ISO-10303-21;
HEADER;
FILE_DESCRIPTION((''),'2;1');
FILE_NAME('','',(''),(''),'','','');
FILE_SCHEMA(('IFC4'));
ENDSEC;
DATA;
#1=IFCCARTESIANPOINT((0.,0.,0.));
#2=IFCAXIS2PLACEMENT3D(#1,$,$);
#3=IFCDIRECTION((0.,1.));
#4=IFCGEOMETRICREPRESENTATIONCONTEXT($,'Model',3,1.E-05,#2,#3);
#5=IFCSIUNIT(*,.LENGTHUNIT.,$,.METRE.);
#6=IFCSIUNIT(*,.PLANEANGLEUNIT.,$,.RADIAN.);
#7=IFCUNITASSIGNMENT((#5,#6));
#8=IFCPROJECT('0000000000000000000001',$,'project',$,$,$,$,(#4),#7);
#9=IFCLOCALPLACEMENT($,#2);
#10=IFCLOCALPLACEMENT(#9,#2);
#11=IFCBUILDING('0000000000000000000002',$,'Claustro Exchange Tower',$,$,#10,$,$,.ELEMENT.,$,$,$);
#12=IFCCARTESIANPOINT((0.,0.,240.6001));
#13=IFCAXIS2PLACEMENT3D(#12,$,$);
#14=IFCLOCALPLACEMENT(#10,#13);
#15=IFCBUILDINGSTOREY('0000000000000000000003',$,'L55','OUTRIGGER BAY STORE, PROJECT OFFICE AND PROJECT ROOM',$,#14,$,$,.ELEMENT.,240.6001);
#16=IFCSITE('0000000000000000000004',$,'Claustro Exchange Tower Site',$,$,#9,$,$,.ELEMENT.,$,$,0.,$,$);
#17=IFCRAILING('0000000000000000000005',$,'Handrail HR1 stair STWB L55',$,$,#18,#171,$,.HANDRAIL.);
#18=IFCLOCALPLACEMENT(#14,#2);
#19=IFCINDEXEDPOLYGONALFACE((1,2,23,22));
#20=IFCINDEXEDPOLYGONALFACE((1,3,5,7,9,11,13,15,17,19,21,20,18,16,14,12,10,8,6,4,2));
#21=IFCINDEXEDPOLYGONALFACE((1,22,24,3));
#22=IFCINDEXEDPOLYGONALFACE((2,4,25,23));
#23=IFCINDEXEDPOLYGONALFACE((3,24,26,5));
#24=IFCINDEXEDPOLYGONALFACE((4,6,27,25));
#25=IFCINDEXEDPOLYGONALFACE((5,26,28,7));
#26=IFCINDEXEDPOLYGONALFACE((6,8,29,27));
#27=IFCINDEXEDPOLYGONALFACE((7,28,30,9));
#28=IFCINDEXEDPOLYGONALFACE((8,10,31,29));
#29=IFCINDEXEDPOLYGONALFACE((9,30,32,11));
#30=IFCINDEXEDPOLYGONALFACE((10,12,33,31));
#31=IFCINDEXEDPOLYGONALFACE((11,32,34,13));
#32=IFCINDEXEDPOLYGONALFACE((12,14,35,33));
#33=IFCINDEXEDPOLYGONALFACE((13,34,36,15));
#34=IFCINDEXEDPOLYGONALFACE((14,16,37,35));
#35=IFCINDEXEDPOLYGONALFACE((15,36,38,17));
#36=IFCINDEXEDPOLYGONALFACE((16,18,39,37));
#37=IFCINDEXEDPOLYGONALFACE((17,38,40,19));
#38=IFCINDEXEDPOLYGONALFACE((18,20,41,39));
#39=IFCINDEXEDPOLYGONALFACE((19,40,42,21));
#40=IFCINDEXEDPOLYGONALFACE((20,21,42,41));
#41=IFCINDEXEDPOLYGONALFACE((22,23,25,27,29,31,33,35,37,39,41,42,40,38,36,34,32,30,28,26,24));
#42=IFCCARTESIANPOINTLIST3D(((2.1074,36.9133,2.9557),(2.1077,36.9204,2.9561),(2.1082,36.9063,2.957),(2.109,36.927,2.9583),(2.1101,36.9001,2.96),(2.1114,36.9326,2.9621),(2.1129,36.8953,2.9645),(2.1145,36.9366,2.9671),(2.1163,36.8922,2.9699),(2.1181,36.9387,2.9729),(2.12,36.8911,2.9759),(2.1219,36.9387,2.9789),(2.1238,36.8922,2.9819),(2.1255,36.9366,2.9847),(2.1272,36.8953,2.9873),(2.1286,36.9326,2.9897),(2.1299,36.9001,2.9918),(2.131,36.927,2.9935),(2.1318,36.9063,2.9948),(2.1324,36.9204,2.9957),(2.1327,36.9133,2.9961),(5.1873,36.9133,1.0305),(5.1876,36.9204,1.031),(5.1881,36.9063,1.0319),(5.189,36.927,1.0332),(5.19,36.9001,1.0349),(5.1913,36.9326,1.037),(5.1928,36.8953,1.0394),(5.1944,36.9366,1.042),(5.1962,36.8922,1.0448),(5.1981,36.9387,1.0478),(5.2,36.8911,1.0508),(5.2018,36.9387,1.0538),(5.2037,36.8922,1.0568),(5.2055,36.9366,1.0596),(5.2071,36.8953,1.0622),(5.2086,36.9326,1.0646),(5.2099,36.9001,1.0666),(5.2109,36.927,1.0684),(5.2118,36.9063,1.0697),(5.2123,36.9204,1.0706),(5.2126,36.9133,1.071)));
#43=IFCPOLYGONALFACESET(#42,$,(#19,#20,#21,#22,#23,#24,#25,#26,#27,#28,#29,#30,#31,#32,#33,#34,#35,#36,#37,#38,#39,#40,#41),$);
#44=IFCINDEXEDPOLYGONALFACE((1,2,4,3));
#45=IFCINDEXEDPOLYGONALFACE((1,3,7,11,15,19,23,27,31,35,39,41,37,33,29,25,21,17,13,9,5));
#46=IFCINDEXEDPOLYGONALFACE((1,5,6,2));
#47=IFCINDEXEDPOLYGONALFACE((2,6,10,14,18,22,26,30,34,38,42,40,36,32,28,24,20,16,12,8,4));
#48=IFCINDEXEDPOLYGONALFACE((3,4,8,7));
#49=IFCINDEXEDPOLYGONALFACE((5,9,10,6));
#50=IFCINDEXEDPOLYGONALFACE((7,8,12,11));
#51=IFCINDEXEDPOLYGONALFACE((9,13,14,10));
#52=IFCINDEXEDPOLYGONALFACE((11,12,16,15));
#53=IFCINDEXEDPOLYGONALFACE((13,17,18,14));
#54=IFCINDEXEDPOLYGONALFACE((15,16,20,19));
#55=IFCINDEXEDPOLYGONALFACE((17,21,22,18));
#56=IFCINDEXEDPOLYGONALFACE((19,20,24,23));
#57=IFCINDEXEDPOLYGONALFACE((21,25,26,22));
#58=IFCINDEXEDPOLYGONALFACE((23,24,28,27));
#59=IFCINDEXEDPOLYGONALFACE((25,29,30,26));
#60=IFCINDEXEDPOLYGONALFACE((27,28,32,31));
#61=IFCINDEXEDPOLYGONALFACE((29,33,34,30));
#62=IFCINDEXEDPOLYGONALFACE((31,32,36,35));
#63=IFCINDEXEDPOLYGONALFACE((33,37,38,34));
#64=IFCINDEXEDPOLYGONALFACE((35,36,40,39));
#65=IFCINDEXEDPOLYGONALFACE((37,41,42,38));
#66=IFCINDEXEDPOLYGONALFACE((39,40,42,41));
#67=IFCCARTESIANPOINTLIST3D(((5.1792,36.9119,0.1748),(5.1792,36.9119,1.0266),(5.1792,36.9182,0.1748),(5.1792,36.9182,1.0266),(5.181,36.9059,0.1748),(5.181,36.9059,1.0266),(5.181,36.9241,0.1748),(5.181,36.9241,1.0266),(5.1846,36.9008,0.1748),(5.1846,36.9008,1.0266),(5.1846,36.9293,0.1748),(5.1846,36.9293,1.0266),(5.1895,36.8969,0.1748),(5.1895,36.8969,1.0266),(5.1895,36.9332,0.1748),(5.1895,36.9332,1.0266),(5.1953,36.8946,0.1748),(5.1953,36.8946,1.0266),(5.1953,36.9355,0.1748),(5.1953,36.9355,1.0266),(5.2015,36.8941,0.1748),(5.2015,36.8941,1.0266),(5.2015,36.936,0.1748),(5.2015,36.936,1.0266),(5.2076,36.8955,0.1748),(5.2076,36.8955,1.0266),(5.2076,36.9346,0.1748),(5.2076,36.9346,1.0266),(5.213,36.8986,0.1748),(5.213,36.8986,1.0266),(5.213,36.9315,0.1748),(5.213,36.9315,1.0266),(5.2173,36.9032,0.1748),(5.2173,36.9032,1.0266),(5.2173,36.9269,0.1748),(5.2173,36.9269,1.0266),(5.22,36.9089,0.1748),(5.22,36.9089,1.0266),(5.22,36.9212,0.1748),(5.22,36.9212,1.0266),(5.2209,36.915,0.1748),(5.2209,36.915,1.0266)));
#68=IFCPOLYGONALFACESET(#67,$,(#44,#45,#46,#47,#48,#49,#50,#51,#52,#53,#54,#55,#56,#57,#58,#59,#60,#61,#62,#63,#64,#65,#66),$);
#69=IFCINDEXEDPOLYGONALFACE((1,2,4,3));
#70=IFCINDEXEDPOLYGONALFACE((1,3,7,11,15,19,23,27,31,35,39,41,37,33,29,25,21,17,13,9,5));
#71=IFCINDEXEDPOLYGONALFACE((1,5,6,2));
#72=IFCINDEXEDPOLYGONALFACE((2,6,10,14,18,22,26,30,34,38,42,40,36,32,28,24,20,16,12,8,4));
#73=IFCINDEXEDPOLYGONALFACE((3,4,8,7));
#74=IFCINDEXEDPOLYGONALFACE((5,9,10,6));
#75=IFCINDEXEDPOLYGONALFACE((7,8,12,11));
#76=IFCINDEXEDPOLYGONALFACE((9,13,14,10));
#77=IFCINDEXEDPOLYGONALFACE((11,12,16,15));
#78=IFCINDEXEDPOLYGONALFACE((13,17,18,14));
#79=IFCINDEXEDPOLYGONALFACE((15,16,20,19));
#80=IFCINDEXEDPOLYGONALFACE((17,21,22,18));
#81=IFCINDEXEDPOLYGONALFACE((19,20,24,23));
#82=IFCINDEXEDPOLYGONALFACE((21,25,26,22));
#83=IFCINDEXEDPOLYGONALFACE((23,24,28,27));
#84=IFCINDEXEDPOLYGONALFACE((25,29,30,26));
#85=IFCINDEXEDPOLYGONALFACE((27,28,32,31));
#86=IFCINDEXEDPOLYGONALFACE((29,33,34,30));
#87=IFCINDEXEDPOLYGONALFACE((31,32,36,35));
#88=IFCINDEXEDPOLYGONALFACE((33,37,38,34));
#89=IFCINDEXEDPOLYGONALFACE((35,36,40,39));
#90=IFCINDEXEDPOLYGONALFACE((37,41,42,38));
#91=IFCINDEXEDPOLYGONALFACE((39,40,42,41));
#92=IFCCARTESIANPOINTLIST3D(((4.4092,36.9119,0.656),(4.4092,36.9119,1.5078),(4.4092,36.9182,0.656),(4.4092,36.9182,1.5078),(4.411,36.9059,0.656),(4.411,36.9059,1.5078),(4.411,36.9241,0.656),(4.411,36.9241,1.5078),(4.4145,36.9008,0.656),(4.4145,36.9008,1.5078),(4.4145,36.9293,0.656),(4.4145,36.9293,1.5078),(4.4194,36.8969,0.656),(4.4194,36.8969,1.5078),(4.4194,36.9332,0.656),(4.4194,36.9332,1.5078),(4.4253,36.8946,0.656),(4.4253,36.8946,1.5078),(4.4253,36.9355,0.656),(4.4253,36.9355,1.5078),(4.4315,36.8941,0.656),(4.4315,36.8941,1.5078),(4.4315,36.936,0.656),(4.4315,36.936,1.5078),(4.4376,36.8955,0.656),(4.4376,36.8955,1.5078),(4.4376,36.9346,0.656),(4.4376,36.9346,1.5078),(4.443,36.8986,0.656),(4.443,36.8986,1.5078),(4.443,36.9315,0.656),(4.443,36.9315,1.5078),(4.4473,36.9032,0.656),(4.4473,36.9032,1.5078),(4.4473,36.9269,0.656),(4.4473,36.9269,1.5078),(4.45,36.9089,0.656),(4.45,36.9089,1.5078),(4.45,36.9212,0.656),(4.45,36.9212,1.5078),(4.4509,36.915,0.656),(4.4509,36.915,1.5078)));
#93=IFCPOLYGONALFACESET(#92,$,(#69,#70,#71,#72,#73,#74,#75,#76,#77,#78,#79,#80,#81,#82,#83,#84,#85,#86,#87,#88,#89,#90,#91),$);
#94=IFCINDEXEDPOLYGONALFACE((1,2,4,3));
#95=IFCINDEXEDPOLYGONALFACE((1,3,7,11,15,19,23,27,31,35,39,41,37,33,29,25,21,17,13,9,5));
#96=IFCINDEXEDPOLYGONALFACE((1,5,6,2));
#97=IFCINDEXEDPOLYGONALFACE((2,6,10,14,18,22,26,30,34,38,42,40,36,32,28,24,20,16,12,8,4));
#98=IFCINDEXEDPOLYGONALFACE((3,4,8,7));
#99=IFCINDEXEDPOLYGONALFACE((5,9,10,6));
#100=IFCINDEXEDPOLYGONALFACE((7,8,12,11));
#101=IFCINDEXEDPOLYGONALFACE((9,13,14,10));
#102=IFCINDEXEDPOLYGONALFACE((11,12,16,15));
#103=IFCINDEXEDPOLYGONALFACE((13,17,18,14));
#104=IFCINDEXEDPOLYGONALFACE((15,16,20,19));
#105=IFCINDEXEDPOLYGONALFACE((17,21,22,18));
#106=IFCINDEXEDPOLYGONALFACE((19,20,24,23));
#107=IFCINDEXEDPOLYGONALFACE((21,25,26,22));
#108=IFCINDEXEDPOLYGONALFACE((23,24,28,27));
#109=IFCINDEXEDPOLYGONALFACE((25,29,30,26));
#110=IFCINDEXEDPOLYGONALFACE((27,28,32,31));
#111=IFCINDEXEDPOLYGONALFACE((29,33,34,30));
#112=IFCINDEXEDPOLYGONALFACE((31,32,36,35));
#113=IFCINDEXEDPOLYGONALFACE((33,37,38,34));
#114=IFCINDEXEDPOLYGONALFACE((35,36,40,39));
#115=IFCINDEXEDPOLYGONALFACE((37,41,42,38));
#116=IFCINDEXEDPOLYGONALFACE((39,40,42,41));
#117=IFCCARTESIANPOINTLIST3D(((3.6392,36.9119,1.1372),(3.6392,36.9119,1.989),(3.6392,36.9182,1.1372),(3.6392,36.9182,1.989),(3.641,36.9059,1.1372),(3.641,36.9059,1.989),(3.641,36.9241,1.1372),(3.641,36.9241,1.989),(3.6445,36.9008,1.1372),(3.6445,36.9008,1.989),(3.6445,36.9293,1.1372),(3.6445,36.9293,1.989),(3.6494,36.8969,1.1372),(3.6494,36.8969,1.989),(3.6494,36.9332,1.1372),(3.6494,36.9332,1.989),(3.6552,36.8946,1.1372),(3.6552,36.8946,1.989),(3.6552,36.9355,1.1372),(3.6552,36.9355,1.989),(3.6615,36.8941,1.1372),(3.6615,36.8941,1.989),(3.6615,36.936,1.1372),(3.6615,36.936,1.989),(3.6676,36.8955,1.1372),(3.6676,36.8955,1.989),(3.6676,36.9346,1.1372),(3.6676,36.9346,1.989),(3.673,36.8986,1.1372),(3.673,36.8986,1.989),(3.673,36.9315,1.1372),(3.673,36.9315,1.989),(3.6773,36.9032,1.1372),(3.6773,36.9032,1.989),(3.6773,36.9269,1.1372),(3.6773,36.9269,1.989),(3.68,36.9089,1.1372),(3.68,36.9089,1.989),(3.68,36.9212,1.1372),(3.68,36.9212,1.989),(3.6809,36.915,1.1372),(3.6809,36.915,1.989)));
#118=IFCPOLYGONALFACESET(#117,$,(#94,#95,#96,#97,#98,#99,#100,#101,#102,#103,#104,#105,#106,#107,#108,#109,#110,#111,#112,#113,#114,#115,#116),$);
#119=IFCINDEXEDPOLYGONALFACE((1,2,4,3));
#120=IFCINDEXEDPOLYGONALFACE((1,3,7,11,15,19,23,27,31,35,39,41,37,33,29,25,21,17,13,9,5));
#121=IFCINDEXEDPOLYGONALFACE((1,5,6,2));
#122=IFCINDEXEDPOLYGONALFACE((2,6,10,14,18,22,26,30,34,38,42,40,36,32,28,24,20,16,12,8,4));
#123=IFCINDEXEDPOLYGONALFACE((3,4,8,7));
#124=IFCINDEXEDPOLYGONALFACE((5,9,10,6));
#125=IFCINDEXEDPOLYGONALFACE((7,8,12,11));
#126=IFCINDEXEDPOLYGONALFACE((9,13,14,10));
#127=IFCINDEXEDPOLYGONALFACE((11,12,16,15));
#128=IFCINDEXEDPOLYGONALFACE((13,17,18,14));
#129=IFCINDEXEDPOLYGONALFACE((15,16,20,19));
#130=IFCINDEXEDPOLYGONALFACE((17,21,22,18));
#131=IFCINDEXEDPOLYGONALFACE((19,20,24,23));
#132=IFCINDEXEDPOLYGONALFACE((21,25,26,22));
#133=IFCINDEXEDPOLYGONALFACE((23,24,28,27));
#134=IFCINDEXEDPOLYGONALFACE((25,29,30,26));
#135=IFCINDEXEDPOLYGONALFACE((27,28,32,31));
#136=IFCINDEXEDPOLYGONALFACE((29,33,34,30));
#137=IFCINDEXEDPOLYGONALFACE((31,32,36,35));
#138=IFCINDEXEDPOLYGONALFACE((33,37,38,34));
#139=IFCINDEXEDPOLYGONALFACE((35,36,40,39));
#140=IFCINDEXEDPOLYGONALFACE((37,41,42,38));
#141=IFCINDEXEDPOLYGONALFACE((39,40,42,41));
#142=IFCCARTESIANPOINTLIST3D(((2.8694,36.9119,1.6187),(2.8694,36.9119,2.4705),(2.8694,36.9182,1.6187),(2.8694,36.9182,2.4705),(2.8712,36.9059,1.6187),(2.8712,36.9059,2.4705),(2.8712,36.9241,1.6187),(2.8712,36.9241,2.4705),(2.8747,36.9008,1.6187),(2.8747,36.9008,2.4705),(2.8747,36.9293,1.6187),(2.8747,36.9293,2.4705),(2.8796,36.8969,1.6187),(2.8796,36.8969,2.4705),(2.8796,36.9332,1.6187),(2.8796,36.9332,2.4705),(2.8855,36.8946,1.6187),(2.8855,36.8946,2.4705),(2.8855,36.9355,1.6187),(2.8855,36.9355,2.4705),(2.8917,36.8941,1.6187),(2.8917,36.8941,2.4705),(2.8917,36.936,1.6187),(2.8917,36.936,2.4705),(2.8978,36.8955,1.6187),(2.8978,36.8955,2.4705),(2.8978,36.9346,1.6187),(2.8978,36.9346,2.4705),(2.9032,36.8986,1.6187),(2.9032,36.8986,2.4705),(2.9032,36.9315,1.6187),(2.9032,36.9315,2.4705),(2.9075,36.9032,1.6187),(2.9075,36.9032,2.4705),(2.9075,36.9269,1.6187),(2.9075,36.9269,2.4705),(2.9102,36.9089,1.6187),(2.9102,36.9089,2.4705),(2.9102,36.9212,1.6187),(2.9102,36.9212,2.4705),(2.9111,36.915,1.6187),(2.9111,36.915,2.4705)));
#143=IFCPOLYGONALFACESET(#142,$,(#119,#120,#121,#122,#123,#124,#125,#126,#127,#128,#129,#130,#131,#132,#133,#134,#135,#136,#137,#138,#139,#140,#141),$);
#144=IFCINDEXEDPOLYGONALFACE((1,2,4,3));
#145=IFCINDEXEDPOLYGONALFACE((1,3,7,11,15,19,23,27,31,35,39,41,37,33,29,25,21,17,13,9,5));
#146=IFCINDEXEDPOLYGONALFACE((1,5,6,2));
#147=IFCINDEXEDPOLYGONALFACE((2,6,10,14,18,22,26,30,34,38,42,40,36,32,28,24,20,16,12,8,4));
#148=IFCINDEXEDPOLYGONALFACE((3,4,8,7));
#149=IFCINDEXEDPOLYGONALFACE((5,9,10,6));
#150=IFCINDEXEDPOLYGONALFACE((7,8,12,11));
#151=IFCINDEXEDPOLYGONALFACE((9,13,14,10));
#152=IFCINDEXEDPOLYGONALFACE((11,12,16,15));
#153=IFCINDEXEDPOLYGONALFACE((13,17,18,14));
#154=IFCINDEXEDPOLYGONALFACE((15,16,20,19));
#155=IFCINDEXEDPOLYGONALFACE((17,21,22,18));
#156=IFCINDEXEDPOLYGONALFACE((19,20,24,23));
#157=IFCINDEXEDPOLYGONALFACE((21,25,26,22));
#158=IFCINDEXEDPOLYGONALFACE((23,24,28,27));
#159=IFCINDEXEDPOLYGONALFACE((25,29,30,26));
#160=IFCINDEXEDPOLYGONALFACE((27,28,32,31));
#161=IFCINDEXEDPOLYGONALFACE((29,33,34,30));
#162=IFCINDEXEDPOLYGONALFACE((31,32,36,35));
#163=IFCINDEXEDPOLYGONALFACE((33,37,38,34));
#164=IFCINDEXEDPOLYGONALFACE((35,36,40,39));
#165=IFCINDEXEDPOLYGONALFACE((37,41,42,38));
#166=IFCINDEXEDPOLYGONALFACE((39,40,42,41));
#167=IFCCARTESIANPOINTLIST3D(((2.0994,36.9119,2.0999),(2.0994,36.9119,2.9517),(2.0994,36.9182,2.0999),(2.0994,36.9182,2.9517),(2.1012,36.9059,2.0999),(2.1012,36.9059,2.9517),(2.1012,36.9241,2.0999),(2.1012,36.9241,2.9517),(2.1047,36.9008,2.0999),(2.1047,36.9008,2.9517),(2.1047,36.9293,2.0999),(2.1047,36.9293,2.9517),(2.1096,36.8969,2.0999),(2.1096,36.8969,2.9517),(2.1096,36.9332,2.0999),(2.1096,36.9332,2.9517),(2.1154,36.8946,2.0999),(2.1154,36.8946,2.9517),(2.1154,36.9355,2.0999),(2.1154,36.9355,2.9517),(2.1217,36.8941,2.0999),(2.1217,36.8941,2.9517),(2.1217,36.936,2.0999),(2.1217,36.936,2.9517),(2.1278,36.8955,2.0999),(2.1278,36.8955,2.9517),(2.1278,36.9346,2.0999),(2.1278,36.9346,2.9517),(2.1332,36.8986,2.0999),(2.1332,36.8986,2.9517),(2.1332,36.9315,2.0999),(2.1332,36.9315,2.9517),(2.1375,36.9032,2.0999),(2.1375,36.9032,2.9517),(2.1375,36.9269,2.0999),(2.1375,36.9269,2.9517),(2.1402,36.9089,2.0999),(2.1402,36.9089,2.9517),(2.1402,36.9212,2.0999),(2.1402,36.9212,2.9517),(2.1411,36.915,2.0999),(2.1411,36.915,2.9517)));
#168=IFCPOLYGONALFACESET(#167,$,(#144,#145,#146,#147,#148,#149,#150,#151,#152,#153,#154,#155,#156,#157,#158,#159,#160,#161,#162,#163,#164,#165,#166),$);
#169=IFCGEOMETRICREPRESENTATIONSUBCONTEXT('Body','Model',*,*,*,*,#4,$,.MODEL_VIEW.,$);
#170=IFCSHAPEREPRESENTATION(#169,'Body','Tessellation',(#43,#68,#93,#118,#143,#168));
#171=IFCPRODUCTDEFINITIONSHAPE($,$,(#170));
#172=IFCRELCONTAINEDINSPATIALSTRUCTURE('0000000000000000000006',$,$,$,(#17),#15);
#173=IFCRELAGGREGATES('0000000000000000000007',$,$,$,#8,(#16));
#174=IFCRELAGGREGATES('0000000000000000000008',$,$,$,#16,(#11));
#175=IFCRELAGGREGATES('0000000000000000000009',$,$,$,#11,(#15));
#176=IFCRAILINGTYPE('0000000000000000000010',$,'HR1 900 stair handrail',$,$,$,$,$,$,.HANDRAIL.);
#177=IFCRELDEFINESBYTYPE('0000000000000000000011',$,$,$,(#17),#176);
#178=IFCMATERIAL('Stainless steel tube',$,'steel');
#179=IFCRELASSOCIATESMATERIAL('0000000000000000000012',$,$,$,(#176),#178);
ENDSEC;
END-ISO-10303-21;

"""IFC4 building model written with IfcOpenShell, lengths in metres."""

from ifc_helpers import new_model, si_unit, direction, frame, origin, origin_2d, place, context, subcontext, project, spatial, circle, extrude, material, type_object, element, save


model = new_model("IFC4")

# Units and contexts
model_context = context("Model", 3, precision=1e-05, world=origin(), true_north=direction((0.0, 1.0)))
body_context = subcontext(model_context, "Body", "Model", "MODEL_VIEW")
ifc_project = project(units=[si_unit("LENGTHUNIT", "METRE"), si_unit("PLANEANGLEUNIT", "RADIAN")], contexts=[model_context])

# Site, building, storey
site_placement = place(None, origin())
site = spatial("IfcSite", under=ifc_project, at=site_placement, Name="Claustro Exchange Tower Site", CompositionType="ELEMENT", RefElevation=0.0)
building_placement = place(site_placement, origin())
building = spatial("IfcBuilding", under=site, at=building_placement, Name="Claustro Exchange Tower", CompositionType="ELEMENT")
storey_placement = place(building_placement, frame((0.0, 0.0, 240.6001)))
storey = spatial("IfcBuildingStorey", under=building, at=storey_placement, Name="L55", Description="OUTRIGGER BAY STORE, PROJECT OFFICE AND PROJECT ROOM", CompositionType="ELEMENT", Elevation=240.6001)

# Railing
ifc_material_1 = material(Name="Stainless steel tube", Category="steel")
railing_type_1 = type_object("IfcRailingType", Name="HR1 900 stair handrail", PredefinedType="HANDRAIL", material=ifc_material_1)
railing_1_placement = place(storey_placement, frame((5.2, 36.915, 0.1748)))
element("IfcRailing", 1, at=railing_1_placement, inside=storey, type_object=railing_type_1, Name="Handrail HR1 stair STWB L55", PredefinedType="HANDRAIL", context=body_context, shape_type="SweptSolid", body=[
    extrude(circle(Radius=0.0239, at=origin_2d()), frame((0.0, 0.0, 0.876), z_axis=(-0.847979, 0.0, 0.530029), x_axis=(0.0, -1.0, 0.0)), (0.0, 0.0, 1.0), 3.6321),
    extrude(circle(Radius=0.021, at=origin_2d()), origin(), (0.0, 0.0, 1.0), 0.8518),
    extrude(circle(Radius=0.021, at=origin_2d()), frame((-0.77, 0.0, 0.4812)), (0.0, 0.0, 1.0), 0.8518),
    extrude(circle(Radius=0.021, at=origin_2d()), frame((-1.54, 0.0, 0.9624)), (0.0, 0.0, 1.0), 0.8518),
    extrude(circle(Radius=0.021, at=origin_2d()), frame((-2.3098, 0.0, 1.4438)), (0.0, 0.0, 1.0), 0.8518),
    extrude(circle(Radius=0.021, at=origin_2d()), frame((-3.0798, 0.0, 1.925)), (0.0, 0.0, 1.0), 0.8518),
])

save(model, "model.ifc")
